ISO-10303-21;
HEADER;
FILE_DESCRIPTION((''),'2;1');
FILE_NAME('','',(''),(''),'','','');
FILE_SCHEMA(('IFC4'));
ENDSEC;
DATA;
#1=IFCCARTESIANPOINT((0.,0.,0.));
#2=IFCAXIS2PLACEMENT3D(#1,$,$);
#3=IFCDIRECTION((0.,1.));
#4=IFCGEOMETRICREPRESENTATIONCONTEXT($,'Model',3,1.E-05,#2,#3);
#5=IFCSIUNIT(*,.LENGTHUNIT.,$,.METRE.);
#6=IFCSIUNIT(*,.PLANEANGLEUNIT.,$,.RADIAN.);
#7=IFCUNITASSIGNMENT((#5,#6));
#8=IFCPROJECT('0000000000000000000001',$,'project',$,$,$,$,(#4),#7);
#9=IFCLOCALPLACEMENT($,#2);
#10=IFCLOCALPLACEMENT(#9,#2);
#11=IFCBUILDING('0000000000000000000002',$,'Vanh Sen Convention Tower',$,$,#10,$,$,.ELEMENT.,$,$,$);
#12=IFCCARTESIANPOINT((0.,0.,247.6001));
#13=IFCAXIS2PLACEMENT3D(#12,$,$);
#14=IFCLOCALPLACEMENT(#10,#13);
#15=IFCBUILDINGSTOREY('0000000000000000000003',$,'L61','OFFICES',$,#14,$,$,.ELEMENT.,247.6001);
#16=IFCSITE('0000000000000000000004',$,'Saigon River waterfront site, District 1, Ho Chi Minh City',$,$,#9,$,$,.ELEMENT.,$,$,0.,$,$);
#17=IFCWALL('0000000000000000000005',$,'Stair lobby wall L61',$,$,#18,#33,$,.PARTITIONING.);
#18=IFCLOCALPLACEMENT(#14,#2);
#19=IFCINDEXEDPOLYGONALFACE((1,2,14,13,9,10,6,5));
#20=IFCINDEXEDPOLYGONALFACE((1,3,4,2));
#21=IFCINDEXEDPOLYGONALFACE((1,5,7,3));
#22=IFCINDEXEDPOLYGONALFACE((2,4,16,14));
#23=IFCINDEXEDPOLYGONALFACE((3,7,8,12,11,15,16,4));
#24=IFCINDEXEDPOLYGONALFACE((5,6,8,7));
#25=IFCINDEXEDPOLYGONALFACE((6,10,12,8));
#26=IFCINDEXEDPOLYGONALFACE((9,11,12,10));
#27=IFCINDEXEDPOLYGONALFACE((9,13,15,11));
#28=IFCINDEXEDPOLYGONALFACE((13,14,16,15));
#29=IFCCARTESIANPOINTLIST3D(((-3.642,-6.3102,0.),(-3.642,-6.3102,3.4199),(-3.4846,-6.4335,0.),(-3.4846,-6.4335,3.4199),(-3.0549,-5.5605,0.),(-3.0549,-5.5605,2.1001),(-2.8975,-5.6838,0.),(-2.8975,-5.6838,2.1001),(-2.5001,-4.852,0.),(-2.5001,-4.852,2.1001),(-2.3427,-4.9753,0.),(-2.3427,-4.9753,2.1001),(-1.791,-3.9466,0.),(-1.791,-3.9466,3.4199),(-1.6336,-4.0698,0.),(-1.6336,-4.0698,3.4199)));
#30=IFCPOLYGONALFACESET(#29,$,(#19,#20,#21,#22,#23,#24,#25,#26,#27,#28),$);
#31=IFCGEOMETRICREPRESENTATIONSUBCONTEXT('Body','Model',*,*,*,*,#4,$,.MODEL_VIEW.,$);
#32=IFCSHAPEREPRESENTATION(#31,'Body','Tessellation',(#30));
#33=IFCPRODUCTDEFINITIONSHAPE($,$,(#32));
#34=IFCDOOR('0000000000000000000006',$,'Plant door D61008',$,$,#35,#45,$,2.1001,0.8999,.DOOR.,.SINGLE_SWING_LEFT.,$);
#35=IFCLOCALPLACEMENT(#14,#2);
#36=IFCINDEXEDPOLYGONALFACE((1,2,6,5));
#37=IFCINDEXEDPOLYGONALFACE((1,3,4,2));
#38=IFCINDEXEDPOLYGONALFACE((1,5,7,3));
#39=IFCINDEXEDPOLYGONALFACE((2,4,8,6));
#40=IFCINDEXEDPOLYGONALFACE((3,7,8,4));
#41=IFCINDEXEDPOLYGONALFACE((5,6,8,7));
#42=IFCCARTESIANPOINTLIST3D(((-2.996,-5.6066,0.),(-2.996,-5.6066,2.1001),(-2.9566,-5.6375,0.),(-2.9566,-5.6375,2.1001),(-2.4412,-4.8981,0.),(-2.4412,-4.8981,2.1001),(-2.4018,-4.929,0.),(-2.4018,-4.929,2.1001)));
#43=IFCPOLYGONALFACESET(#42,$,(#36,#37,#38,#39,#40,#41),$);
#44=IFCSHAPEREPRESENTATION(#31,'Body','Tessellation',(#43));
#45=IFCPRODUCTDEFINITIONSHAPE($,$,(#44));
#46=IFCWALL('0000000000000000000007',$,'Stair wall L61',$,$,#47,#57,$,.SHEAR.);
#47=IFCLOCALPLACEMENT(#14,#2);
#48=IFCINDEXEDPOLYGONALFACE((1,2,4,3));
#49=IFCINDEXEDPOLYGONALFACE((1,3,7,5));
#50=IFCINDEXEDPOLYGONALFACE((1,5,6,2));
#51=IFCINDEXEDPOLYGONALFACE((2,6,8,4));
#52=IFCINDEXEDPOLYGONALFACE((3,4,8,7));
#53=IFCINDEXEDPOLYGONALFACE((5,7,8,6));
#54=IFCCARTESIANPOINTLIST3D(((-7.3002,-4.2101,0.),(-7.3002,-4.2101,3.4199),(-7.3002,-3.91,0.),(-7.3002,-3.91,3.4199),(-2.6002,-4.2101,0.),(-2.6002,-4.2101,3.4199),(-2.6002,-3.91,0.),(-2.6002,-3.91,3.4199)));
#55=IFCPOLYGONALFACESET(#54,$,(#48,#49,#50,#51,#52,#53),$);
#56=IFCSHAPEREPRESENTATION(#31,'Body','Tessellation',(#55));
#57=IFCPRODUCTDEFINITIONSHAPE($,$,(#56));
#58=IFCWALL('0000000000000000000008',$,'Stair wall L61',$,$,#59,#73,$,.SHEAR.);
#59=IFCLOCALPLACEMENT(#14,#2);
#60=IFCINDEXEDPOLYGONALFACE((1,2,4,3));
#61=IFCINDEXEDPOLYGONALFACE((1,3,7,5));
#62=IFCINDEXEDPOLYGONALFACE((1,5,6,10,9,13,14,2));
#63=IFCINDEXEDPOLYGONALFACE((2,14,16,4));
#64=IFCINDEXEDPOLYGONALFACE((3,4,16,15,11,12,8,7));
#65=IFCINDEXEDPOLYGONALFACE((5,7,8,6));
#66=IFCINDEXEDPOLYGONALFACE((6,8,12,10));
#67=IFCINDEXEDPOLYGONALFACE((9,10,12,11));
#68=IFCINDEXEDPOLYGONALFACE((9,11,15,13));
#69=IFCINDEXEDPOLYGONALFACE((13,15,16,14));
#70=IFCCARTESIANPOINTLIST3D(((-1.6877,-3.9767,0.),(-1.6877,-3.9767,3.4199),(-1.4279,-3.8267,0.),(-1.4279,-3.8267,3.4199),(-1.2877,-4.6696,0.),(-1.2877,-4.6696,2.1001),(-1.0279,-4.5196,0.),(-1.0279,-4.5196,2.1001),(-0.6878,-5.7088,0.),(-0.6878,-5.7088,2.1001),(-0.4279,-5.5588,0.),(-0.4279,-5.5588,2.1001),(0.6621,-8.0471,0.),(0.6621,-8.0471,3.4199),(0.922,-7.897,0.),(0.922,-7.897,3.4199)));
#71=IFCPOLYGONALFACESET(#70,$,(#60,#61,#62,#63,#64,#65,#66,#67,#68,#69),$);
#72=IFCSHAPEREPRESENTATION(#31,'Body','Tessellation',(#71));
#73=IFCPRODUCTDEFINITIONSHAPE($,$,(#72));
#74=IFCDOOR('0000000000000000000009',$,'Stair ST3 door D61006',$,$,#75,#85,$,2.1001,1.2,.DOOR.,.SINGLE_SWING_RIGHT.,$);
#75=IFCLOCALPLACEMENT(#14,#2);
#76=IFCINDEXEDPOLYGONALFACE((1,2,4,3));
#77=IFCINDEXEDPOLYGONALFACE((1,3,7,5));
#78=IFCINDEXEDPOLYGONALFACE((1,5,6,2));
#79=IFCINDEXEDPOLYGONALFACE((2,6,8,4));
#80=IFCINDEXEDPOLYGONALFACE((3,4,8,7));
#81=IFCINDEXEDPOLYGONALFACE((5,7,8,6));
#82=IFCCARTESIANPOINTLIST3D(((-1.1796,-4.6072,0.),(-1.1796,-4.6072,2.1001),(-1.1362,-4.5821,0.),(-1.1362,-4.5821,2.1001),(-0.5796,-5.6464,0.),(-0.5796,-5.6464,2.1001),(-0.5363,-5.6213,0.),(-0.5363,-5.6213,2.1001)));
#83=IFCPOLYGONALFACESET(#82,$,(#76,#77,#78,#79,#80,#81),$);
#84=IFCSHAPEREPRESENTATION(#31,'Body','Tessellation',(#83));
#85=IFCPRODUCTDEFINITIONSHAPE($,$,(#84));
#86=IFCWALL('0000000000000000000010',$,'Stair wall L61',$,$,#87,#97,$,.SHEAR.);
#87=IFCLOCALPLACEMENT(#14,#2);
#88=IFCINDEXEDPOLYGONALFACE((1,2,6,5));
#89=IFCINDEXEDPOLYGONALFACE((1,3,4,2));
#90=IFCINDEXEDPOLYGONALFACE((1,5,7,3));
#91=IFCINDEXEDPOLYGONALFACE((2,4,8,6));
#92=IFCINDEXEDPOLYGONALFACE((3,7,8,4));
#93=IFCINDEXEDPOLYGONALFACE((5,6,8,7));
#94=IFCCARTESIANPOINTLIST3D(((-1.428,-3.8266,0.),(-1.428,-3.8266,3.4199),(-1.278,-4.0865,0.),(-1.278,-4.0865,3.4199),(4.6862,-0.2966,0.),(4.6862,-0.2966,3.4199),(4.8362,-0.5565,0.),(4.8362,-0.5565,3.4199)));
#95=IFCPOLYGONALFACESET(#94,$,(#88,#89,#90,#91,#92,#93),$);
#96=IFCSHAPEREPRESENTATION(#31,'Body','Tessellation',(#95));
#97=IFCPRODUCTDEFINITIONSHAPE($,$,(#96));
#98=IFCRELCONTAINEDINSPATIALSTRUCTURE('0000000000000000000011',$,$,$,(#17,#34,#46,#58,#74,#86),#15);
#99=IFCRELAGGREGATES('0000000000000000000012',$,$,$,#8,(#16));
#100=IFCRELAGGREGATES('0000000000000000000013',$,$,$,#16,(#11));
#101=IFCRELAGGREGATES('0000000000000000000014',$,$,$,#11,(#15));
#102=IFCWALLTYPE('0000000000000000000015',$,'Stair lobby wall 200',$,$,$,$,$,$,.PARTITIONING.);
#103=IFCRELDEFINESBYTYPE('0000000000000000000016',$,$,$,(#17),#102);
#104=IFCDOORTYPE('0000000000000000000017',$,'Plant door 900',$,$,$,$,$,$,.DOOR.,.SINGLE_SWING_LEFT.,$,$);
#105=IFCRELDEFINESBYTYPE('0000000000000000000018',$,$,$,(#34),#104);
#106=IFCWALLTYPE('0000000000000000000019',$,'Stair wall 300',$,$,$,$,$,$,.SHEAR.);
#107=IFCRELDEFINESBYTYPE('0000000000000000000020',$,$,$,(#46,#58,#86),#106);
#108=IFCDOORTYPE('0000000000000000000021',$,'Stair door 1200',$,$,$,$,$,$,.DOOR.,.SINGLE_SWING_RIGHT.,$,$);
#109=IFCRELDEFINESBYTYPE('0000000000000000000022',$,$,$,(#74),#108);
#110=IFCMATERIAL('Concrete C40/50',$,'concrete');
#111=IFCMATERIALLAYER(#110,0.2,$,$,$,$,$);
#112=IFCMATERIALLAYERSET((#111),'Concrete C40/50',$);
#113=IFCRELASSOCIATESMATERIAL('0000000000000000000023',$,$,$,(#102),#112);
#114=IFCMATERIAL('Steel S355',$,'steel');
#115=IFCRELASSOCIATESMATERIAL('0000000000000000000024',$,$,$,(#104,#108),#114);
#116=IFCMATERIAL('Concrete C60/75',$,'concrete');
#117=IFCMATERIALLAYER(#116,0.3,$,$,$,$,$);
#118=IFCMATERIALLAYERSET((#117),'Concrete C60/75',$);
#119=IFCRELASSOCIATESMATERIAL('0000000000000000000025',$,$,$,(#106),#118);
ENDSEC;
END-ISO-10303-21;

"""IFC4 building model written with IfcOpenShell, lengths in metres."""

from ifc_helpers import new_model, si_unit, direction, frame, frame_2d, origin, place, context, subcontext, project, spatial, rectangle, extrude, material, layer, layer_set, type_object, element, fill, save


model = new_model("IFC4")

# Units and contexts
model_context = context("Model", 3, precision=1e-05, world=origin(), true_north=direction((0.0, 1.0)))
body_context = subcontext(model_context, "Body", "Model", "MODEL_VIEW")
ifc_project = project(units=[si_unit("LENGTHUNIT", "METRE"), si_unit("PLANEANGLEUNIT", "RADIAN")], contexts=[model_context])

# Site, building, storey
site_placement = place(None, origin())
site = spatial("IfcSite", under=ifc_project, at=site_placement, Name="Saigon River waterfront site, District 1, Ho Chi Minh City", CompositionType="ELEMENT", RefElevation=0.0)
building_placement = place(site_placement, origin())
building = spatial("IfcBuilding", under=site, at=building_placement, Name="Vanh Sen Convention Tower", CompositionType="ELEMENT")
storey_placement = place(building_placement, frame((0.0, 0.0, 247.6001)))
storey = spatial("IfcBuildingStorey", under=building, at=storey_placement, Name="L61", Description="OFFICES", CompositionType="ELEMENT", Elevation=247.6001)

# Shared definitions
ifc_material_1 = material(Name="Concrete C40/50", Category="concrete")

# Shared definitions
ifc_material_2 = material(Name="Concrete C60/75", Category="concrete")
ifc_material_3 = material(Name="Steel S355", Category="steel")

# Wall, opening, door
ifc_layer_1 = layer(ifc_material_1, 0.2)
ifc_layer_set_1 = layer_set([ifc_layer_1], Name="Concrete C40/50")
wall_type_1 = type_object("IfcWallType", Name="Stair lobby wall 200", PredefinedType="PARTITIONING", material=ifc_layer_set_1)
wall_1_placement = place(storey_placement, frame((-1.7124, -4.0083, 0.0), z_axis=(0.0, 0.0, 1.0), x_axis=(-0.616549, -0.787316, 0.0)))
wall_1 = element("IfcWall", 1, at=wall_1_placement, inside=storey, type_object=wall_type_1, Name="Stair lobby wall L61", PredefinedType="PARTITIONING", context=body_context, shape_type="SweptSolid", body=[
    extrude(rectangle(XDim=3.0022, YDim=0.2, at=frame_2d((1.501, 0.0))), origin(), (0.0, 0.0, 1.0), 3.4199),
])
opening_1_placement = place(wall_1_placement, frame((1.1499, 0.0, 0.0)))
opening_1 = element("IfcOpeningElement", 2, at=opening_1_placement, cuts=wall_1, PredefinedType="OPENING", context=body_context, shape_type="SweptSolid", body=[
    extrude(rectangle(XDim=0.8999, YDim=2.1001, at=frame_2d((0.45, 1.05))), frame((0.0, 0.1099, 0.0), z_axis=(0.0, -1.0, 0.0), x_axis=(1.0, 0.0, 0.0)), (0.0, 0.0, 1.0), 0.22),
])
door_type_1 = type_object("IfcDoorType", Name="Plant door 900", OperationType="SINGLE_SWING_LEFT", PredefinedType="DOOR", material=ifc_material_3)
door_1_placement = place(opening_1_placement, origin())
door_1 = element("IfcDoor", 3, at=door_1_placement, inside=storey, type_object=door_type_1, Name="Plant door D61008", OperationType="SINGLE_SWING_LEFT", OverallHeight=2.1001, OverallWidth=0.8999, PredefinedType="DOOR", context=body_context, shape_type="SweptSolid", body=[
    extrude(rectangle(XDim=0.8999, YDim=2.1001, at=frame_2d((0.45, 1.05))), frame((0.0, 0.0249, 0.0), z_axis=(0.0, -1.0, 0.0), x_axis=(1.0, 0.0, 0.0)), (0.0, 0.0, 1.0), 0.05),
])
fill(opening_1, door_1)

# Wall
ifc_layer_2 = layer(ifc_material_2, 0.3)
ifc_layer_set_2 = layer_set([ifc_layer_2], Name="Concrete C60/75")
wall_type_2 = type_object("IfcWallType", Name="Stair wall 300", PredefinedType="SHEAR", material=ifc_layer_set_2)
wall_2_placement = place(storey_placement, frame((-2.6001, -4.0601, 0.0), z_axis=(0.0, 0.0, 1.0), x_axis=(-1.0, 0.0, 0.0)))
element("IfcWall", 4, at=wall_2_placement, inside=storey, type_object=wall_type_2, Name="Stair wall L61", PredefinedType="SHEAR", context=body_context, shape_type="SweptSolid", body=[
    extrude(rectangle(XDim=4.7, YDim=0.3, at=frame_2d((2.3501, 0.0))), origin(), (0.0, 0.0, 1.0), 3.4199),
])

# Wall, opening, door
wall_3_placement = place(storey_placement, frame((-1.5579, -3.9016, 0.0), z_axis=(0.0, 0.0, 1.0), x_axis=(0.499977, -0.866039, 0.0)))
wall_3 = element("IfcWall", 5, at=wall_3_placement, inside=storey, type_object=wall_type_2, Name="Stair wall L61", PredefinedType="SHEAR", context=body_context, shape_type="SweptSolid", body=[
    extrude(rectangle(XDim=4.7, YDim=0.3, at=frame_2d((2.3501, 0.0))), origin(), (0.0, 0.0, 1.0), 3.4199),
])
opening_2_placement = place(wall_3_placement, frame((0.8, 0.0, 0.0)))
opening_2 = element("IfcOpeningElement", 6, at=opening_2_placement, cuts=wall_3, PredefinedType="OPENING", context=body_context, shape_type="SweptSolid", body=[
    extrude(rectangle(XDim=1.2, YDim=2.1001, at=frame_2d((0.6001, 1.05))), frame((0.0, 0.1599, 0.0), z_axis=(0.0, -1.0, 0.0), x_axis=(1.0, 0.0, 0.0)), (0.0, 0.0, 1.0), 0.3201),
])
door_type_2 = type_object("IfcDoorType", Name="Stair door 1200", OperationType="SINGLE_SWING_RIGHT", PredefinedType="DOOR", material=ifc_material_3)
door_2_placement = place(opening_2_placement, origin())
door_2 = element("IfcDoor", 7, at=door_2_placement, inside=storey, type_object=door_type_2, Name="Stair ST3 door D61006", OperationType="SINGLE_SWING_RIGHT", OverallHeight=2.1001, OverallWidth=1.2, PredefinedType="DOOR", context=body_context, shape_type="SweptSolid", body=[
    extrude(rectangle(XDim=1.2, YDim=2.1001, at=frame_2d((0.6001, 1.05))), frame((0.0, 0.0249, 0.0), z_axis=(0.0, -1.0, 0.0), x_axis=(1.0, 0.0, 0.0)), (0.0, 0.0, 1.0), 0.05),
])
fill(opening_2, door_2)

# Wall
wall_4_placement = place(storey_placement, frame((-1.353, -3.9565, 0.0), z_axis=(0.0, 0.0, 1.0), x_axis=(0.866028, 0.499996, 0.0)))
element("IfcWall", 8, at=wall_4_placement, inside=storey, type_object=wall_type_2, Name="Stair wall L61", PredefinedType="SHEAR", context=body_context, shape_type="SweptSolid", body=[
    extrude(rectangle(XDim=7.0601, YDim=0.3, at=frame_2d((3.53, 0.0))), origin(), (0.0, 0.0, 1.0), 3.4199),
])

save(model, "model.ifc")
